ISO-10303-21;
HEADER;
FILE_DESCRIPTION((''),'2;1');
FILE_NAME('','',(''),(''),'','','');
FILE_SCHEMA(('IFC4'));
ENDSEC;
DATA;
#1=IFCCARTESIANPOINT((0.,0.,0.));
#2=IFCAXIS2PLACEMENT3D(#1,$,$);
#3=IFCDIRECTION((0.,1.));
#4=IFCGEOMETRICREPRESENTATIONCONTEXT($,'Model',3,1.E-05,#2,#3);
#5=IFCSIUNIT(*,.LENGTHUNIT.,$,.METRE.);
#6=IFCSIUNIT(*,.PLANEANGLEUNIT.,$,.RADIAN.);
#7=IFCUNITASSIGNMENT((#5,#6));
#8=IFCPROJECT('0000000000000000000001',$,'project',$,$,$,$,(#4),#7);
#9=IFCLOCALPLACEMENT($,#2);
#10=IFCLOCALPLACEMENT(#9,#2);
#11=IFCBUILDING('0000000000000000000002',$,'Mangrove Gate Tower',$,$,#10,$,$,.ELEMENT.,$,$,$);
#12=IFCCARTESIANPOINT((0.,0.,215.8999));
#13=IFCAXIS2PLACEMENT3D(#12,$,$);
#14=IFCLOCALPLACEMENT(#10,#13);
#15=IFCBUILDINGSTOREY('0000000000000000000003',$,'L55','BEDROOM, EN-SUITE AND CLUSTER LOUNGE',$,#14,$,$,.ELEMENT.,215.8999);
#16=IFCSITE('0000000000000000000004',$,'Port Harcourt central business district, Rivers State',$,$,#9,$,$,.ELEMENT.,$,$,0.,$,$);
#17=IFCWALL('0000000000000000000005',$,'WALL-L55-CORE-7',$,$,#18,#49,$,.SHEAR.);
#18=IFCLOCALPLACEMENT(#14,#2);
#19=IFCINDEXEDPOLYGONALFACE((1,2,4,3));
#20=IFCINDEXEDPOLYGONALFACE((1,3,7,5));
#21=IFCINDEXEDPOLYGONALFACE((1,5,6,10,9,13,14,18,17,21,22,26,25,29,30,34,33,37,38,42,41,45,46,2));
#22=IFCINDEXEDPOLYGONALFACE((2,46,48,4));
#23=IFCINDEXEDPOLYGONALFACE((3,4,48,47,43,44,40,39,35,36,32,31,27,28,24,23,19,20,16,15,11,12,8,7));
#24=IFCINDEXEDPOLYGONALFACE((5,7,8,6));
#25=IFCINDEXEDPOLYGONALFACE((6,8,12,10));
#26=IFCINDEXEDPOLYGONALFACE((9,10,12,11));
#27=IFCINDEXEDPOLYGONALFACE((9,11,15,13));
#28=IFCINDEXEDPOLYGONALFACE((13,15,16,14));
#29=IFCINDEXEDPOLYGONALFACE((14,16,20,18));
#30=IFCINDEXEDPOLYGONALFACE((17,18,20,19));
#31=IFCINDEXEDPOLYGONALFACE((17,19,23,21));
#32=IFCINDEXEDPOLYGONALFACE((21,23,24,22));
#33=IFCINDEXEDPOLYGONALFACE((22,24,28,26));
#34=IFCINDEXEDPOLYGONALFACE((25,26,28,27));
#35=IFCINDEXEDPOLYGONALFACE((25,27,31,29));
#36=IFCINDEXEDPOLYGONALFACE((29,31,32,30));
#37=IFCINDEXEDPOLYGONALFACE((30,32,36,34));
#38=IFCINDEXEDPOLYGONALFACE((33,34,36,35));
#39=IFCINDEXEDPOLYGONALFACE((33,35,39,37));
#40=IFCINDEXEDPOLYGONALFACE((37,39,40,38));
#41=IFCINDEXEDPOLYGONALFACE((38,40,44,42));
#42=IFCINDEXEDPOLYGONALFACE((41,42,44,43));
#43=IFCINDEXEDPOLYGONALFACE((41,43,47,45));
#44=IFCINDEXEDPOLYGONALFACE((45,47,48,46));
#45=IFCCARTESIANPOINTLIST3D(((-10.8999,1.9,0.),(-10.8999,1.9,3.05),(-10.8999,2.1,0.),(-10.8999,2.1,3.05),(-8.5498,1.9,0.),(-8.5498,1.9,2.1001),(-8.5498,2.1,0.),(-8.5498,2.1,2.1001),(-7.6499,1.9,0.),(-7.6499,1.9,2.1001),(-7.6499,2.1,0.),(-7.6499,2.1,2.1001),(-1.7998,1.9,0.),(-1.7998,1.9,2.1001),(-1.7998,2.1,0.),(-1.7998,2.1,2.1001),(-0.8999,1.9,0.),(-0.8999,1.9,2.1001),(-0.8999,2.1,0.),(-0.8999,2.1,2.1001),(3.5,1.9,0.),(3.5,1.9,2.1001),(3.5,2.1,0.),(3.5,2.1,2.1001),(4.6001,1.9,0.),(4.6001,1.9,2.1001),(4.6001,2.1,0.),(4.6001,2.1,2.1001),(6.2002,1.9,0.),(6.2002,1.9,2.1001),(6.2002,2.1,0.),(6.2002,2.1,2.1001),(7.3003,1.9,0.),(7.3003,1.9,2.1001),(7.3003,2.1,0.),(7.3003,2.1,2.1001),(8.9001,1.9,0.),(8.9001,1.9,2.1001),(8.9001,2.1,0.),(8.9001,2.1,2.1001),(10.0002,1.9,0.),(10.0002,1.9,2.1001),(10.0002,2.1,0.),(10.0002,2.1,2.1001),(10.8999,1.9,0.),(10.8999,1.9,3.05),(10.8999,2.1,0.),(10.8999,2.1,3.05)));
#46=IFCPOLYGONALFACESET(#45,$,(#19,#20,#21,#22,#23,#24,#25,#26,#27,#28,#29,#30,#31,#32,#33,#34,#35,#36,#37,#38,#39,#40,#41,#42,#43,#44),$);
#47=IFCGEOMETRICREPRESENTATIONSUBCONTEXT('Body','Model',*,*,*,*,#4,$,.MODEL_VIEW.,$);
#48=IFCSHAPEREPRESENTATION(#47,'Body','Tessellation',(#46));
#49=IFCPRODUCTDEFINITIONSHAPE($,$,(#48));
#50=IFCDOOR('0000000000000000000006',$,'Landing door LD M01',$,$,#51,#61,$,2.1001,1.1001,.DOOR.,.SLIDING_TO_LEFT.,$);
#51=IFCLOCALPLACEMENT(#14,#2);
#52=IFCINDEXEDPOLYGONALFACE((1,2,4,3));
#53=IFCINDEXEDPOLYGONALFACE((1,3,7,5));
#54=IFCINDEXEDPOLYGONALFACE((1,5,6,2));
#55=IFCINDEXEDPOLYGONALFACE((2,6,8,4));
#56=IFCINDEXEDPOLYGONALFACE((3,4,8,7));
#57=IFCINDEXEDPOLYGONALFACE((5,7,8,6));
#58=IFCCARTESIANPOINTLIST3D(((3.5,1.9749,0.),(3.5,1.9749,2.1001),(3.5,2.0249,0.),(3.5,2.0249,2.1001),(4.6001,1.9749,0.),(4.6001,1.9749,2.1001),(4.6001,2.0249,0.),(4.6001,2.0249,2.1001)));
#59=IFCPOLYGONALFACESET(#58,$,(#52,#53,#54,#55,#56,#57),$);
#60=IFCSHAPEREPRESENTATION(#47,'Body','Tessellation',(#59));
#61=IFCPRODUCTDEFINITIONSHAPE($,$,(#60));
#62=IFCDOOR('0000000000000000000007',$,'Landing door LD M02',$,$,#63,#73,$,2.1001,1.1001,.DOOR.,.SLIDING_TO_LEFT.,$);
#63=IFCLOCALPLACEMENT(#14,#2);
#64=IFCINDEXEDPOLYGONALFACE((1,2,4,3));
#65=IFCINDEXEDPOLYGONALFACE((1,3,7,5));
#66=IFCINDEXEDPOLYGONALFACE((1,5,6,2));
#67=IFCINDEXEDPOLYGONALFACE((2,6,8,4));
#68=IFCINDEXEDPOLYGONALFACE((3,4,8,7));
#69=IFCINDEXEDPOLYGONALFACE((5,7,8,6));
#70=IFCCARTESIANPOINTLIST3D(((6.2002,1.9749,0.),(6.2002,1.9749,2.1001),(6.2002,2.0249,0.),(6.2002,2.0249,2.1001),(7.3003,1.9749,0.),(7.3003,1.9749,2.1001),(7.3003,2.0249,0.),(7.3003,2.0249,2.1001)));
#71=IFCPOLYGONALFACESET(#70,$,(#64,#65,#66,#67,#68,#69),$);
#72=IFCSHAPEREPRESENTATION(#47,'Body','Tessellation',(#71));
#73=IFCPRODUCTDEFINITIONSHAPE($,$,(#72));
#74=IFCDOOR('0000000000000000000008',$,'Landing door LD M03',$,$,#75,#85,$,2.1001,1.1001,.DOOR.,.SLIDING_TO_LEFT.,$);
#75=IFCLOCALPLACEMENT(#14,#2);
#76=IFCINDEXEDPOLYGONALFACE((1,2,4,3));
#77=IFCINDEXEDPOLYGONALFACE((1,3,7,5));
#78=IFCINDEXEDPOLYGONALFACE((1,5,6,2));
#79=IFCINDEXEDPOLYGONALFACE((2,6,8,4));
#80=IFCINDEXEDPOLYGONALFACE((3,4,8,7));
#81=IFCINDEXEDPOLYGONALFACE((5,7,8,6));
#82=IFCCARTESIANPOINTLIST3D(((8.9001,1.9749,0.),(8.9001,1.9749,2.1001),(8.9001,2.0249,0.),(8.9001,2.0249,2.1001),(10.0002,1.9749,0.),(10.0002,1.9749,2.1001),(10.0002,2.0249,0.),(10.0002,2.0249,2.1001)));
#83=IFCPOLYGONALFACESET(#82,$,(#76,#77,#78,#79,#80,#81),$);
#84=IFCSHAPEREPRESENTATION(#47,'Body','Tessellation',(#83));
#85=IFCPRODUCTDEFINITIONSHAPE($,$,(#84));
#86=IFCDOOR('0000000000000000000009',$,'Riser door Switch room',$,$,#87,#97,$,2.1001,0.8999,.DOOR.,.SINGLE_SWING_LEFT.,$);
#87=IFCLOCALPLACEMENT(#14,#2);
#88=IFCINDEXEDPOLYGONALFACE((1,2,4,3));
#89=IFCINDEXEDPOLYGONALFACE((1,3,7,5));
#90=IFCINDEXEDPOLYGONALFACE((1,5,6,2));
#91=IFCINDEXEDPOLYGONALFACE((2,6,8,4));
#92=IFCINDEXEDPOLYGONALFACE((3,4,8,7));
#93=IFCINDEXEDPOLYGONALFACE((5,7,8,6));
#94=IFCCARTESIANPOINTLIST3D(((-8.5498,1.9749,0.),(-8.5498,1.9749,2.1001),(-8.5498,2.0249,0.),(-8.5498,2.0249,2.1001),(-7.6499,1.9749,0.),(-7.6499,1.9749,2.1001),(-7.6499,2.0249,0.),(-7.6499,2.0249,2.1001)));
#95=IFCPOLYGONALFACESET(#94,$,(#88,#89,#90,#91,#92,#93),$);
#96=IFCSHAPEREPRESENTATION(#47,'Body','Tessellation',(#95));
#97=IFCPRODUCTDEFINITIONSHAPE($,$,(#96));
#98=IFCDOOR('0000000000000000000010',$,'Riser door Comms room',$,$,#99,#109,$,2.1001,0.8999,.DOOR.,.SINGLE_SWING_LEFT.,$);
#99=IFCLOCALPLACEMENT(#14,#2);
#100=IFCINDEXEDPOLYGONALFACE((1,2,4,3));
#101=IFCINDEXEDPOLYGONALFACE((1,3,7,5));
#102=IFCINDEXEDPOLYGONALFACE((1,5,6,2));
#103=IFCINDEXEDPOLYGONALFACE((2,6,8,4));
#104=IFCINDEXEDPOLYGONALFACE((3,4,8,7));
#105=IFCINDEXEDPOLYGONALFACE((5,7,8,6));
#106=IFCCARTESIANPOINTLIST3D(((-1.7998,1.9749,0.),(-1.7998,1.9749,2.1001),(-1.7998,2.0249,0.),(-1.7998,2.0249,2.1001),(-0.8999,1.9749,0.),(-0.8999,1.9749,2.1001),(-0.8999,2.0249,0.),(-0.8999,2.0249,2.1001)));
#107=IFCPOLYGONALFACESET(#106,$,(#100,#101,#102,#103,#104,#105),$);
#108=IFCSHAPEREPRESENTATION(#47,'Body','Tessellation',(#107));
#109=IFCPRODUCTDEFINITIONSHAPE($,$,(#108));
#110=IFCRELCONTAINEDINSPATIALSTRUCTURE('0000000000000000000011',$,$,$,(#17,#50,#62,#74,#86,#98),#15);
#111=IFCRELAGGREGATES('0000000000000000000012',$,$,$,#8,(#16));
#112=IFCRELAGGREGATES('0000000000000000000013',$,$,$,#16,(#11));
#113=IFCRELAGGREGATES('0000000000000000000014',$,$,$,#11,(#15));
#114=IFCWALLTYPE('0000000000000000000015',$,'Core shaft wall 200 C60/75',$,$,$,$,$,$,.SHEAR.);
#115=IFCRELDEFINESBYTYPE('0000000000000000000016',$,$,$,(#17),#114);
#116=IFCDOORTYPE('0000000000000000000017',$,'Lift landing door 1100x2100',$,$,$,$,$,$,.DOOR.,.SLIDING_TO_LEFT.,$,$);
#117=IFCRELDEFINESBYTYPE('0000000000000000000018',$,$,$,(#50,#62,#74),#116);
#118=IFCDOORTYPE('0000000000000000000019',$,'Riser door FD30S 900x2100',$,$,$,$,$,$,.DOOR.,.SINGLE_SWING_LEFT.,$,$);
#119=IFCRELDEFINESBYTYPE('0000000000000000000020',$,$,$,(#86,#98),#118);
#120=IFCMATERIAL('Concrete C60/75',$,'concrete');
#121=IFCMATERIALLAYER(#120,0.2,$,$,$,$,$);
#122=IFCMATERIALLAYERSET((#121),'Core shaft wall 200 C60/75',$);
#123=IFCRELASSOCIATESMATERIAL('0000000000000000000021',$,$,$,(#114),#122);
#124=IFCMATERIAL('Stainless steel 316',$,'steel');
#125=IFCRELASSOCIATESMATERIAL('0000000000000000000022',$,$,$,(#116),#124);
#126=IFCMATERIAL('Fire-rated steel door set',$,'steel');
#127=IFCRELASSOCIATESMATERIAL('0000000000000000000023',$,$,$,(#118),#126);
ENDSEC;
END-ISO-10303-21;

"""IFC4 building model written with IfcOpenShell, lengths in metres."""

from ifc_helpers import new_model, si_unit, direction, frame, frame_2d, origin, place, context, subcontext, project, spatial, rectangle, extrude, material, layer, layer_set, type_object, element, fill, save


model = new_model("IFC4")

# Units and contexts
model_context = context("Model", 3, precision=1e-05, world=origin(), true_north=direction((0.0, 1.0)))
body_context = subcontext(model_context, "Body", "Model", "MODEL_VIEW")
ifc_project = project(units=[si_unit("LENGTHUNIT", "METRE"), si_unit("PLANEANGLEUNIT", "RADIAN")], contexts=[model_context])

# Site, building, storey
site_placement = place(None, origin())
site = spatial("IfcSite", under=ifc_project, at=site_placement, Name="Port Harcourt central business district, Rivers State", CompositionType="ELEMENT", RefElevation=0.0)
building_placement = place(site_placement, origin())
building = spatial("IfcBuilding", under=site, at=building_placement, Name="Mangrove Gate Tower", CompositionType="ELEMENT")
storey_placement = place(building_placement, frame((0.0, 0.0, 215.8999)))
storey = spatial("IfcBuildingStorey", under=building, at=storey_placement, Name="L55", Description="BEDROOM, EN-SUITE AND CLUSTER LOUNGE", CompositionType="ELEMENT", Elevation=215.8999)

# Wall, openings, doors
ifc_material_1 = material(Name="Concrete C60/75", Category="concrete")
ifc_layer_1 = layer(ifc_material_1, 0.2)
ifc_layer_set_1 = layer_set([ifc_layer_1], Name="Core shaft wall 200 C60/75")
wall_type_1 = type_object("IfcWallType", Name="Core shaft wall 200 C60/75", PredefinedType="SHEAR", material=ifc_layer_set_1)
wall_1_placement = place(storey_placement, frame((-10.8999, 2.0, 0.0), z_axis=(0.0, 0.0, 1.0), x_axis=(1.0, 0.0, 0.0)))
wall_1 = element("IfcWall", 1, at=wall_1_placement, inside=storey, type_object=wall_type_1, Name="WALL-L55-CORE-7", PredefinedType="SHEAR", context=body_context, shape_type="SweptSolid", body=[
    extrude(rectangle(XDim=21.7998, YDim=0.2, at=frame_2d((10.8999, 0.0))), origin(), (0.0, 0.0, 1.0), 3.05),
])
opening_1_placement = place(wall_1_placement, frame((14.3999, 0.0, 0.0)))
opening_1 = element("IfcOpeningElement", 2, at=opening_1_placement, cuts=wall_1, PredefinedType="OPENING", context=body_context, shape_type="SweptSolid", body=[
    extrude(rectangle(XDim=1.1001, YDim=2.1001, at=frame_2d((0.55, 1.05))), frame((0.0, 0.1099, 0.0), z_axis=(0.0, -1.0, 0.0), x_axis=(1.0, 0.0, 0.0)), (0.0, 0.0, 1.0), 0.22),
])
opening_2_placement = place(wall_1_placement, frame((17.1001, 0.0, 0.0)))
opening_2 = element("IfcOpeningElement", 3, at=opening_2_placement, cuts=wall_1, PredefinedType="OPENING", context=body_context, shape_type="SweptSolid", body=[
    extrude(rectangle(XDim=1.1001, YDim=2.1001, at=frame_2d((0.55, 1.05))), frame((0.0, 0.1099, 0.0), z_axis=(0.0, -1.0, 0.0), x_axis=(1.0, 0.0, 0.0)), (0.0, 0.0, 1.0), 0.22),
])
opening_3_placement = place(wall_1_placement, frame((19.8, 0.0, 0.0)))
opening_3 = element("IfcOpeningElement", 4, at=opening_3_placement, cuts=wall_1, PredefinedType="OPENING", context=body_context, shape_type="SweptSolid", body=[
    extrude(rectangle(XDim=1.1001, YDim=2.1001, at=frame_2d((0.55, 1.05))), frame((0.0, 0.1099, 0.0), z_axis=(0.0, -1.0, 0.0), x_axis=(1.0, 0.0, 0.0)), (0.0, 0.0, 1.0), 0.22),
])
opening_4_placement = place(wall_1_placement, frame((2.3501, 0.0, 0.0)))
opening_4 = element("IfcOpeningElement", 5, at=opening_4_placement, cuts=wall_1, PredefinedType="OPENING", context=body_context, shape_type="SweptSolid", body=[
    extrude(rectangle(XDim=0.8999, YDim=2.1001, at=frame_2d((0.45, 1.05))), frame((0.0, 0.1099, 0.0), z_axis=(0.0, -1.0, 0.0), x_axis=(1.0, 0.0, 0.0)), (0.0, 0.0, 1.0), 0.22),
])
opening_5_placement = place(wall_1_placement, frame((9.1001, 0.0, 0.0)))
opening_5 = element("IfcOpeningElement", 6, at=opening_5_placement, cuts=wall_1, PredefinedType="OPENING", context=body_context, shape_type="SweptSolid", body=[
    extrude(rectangle(XDim=0.8999, YDim=2.1001, at=frame_2d((0.45, 1.05))), frame((0.0, 0.1099, 0.0), z_axis=(0.0, -1.0, 0.0), x_axis=(1.0, 0.0, 0.0)), (0.0, 0.0, 1.0), 0.22),
])
ifc_material_2 = material(Name="Stainless steel 316", Category="steel")
door_type_1 = type_object("IfcDoorType", Name="Lift landing door 1100x2100", OperationType="SLIDING_TO_LEFT", PredefinedType="DOOR", material=ifc_material_2)
door_1_placement = place(opening_1_placement, origin())
door_1 = element("IfcDoor", 7, at=door_1_placement, inside=storey, type_object=door_type_1, Name="Landing door LD M01", OperationType="SLIDING_TO_LEFT", OverallHeight=2.1001, OverallWidth=1.1001, PredefinedType="DOOR", context=body_context, shape_type="SweptSolid", body=[
    extrude(rectangle(XDim=1.1001, YDim=2.1001, at=frame_2d((0.55, 1.05))), frame((0.0, 0.0249, 0.0), z_axis=(0.0, -1.0, 0.0), x_axis=(1.0, 0.0, 0.0)), (0.0, 0.0, 1.0), 0.05),
])
fill(opening_1, door_1)
door_2_placement = place(opening_2_placement, origin())
door_2 = element("IfcDoor", 8, at=door_2_placement, inside=storey, type_object=door_type_1, Name="Landing door LD M02", OperationType="SLIDING_TO_LEFT", OverallHeight=2.1001, OverallWidth=1.1001, PredefinedType="DOOR", context=body_context, shape_type="SweptSolid", body=[
    extrude(rectangle(XDim=1.1001, YDim=2.1001, at=frame_2d((0.55, 1.05))), frame((0.0, 0.0249, 0.0), z_axis=(0.0, -1.0, 0.0), x_axis=(1.0, 0.0, 0.0)), (0.0, 0.0, 1.0), 0.05),
])
fill(opening_2, door_2)
door_3_placement = place(opening_3_placement, origin())
door_3 = element("IfcDoor", 9, at=door_3_placement, inside=storey, type_object=door_type_1, Name="Landing door LD M03", OperationType="SLIDING_TO_LEFT", OverallHeight=2.1001, OverallWidth=1.1001, PredefinedType="DOOR", context=body_context, shape_type="SweptSolid", body=[
    extrude(rectangle(XDim=1.1001, YDim=2.1001, at=frame_2d((0.55, 1.05))), frame((0.0, 0.0249, 0.0), z_axis=(0.0, -1.0, 0.0), x_axis=(1.0, 0.0, 0.0)), (0.0, 0.0, 1.0), 0.05),
])
fill(opening_3, door_3)
ifc_material_3 = material(Name="Fire-rated steel door set", Category="steel")
door_type_2 = type_object("IfcDoorType", Name="Riser door FD30S 900x2100", OperationType="SINGLE_SWING_LEFT", PredefinedType="DOOR", material=ifc_material_3)
door_4_placement = place(opening_4_placement, origin())
door_4 = element("IfcDoor", 10, at=door_4_placement, inside=storey, type_object=door_type_2, Name="Riser door Switch room", OperationType="SINGLE_SWING_LEFT", OverallHeight=2.1001, OverallWidth=0.8999, PredefinedType="DOOR", context=body_context, shape_type="SweptSolid", body=[
    extrude(rectangle(XDim=0.8999, YDim=2.1001, at=frame_2d((0.45, 1.05))), frame((0.0, 0.0249, 0.0), z_axis=(0.0, -1.0, 0.0), x_axis=(1.0, 0.0, 0.0)), (0.0, 0.0, 1.0), 0.05),
])
fill(opening_4, door_4)
door_5_placement = place(opening_5_placement, origin())
door_5 = element("IfcDoor", 11, at=door_5_placement, inside=storey, type_object=door_type_2, Name="Riser door Comms room", OperationType="SINGLE_SWING_LEFT", OverallHeight=2.1001, OverallWidth=0.8999, PredefinedType="DOOR", context=body_context, shape_type="SweptSolid", body=[
    extrude(rectangle(XDim=0.8999, YDim=2.1001, at=frame_2d((0.45, 1.05))), frame((0.0, 0.0249, 0.0), z_axis=(0.0, -1.0, 0.0), x_axis=(1.0, 0.0, 0.0)), (0.0, 0.0, 1.0), 0.05),
])
fill(opening_5, door_5)

save(model, "model.ifc")
